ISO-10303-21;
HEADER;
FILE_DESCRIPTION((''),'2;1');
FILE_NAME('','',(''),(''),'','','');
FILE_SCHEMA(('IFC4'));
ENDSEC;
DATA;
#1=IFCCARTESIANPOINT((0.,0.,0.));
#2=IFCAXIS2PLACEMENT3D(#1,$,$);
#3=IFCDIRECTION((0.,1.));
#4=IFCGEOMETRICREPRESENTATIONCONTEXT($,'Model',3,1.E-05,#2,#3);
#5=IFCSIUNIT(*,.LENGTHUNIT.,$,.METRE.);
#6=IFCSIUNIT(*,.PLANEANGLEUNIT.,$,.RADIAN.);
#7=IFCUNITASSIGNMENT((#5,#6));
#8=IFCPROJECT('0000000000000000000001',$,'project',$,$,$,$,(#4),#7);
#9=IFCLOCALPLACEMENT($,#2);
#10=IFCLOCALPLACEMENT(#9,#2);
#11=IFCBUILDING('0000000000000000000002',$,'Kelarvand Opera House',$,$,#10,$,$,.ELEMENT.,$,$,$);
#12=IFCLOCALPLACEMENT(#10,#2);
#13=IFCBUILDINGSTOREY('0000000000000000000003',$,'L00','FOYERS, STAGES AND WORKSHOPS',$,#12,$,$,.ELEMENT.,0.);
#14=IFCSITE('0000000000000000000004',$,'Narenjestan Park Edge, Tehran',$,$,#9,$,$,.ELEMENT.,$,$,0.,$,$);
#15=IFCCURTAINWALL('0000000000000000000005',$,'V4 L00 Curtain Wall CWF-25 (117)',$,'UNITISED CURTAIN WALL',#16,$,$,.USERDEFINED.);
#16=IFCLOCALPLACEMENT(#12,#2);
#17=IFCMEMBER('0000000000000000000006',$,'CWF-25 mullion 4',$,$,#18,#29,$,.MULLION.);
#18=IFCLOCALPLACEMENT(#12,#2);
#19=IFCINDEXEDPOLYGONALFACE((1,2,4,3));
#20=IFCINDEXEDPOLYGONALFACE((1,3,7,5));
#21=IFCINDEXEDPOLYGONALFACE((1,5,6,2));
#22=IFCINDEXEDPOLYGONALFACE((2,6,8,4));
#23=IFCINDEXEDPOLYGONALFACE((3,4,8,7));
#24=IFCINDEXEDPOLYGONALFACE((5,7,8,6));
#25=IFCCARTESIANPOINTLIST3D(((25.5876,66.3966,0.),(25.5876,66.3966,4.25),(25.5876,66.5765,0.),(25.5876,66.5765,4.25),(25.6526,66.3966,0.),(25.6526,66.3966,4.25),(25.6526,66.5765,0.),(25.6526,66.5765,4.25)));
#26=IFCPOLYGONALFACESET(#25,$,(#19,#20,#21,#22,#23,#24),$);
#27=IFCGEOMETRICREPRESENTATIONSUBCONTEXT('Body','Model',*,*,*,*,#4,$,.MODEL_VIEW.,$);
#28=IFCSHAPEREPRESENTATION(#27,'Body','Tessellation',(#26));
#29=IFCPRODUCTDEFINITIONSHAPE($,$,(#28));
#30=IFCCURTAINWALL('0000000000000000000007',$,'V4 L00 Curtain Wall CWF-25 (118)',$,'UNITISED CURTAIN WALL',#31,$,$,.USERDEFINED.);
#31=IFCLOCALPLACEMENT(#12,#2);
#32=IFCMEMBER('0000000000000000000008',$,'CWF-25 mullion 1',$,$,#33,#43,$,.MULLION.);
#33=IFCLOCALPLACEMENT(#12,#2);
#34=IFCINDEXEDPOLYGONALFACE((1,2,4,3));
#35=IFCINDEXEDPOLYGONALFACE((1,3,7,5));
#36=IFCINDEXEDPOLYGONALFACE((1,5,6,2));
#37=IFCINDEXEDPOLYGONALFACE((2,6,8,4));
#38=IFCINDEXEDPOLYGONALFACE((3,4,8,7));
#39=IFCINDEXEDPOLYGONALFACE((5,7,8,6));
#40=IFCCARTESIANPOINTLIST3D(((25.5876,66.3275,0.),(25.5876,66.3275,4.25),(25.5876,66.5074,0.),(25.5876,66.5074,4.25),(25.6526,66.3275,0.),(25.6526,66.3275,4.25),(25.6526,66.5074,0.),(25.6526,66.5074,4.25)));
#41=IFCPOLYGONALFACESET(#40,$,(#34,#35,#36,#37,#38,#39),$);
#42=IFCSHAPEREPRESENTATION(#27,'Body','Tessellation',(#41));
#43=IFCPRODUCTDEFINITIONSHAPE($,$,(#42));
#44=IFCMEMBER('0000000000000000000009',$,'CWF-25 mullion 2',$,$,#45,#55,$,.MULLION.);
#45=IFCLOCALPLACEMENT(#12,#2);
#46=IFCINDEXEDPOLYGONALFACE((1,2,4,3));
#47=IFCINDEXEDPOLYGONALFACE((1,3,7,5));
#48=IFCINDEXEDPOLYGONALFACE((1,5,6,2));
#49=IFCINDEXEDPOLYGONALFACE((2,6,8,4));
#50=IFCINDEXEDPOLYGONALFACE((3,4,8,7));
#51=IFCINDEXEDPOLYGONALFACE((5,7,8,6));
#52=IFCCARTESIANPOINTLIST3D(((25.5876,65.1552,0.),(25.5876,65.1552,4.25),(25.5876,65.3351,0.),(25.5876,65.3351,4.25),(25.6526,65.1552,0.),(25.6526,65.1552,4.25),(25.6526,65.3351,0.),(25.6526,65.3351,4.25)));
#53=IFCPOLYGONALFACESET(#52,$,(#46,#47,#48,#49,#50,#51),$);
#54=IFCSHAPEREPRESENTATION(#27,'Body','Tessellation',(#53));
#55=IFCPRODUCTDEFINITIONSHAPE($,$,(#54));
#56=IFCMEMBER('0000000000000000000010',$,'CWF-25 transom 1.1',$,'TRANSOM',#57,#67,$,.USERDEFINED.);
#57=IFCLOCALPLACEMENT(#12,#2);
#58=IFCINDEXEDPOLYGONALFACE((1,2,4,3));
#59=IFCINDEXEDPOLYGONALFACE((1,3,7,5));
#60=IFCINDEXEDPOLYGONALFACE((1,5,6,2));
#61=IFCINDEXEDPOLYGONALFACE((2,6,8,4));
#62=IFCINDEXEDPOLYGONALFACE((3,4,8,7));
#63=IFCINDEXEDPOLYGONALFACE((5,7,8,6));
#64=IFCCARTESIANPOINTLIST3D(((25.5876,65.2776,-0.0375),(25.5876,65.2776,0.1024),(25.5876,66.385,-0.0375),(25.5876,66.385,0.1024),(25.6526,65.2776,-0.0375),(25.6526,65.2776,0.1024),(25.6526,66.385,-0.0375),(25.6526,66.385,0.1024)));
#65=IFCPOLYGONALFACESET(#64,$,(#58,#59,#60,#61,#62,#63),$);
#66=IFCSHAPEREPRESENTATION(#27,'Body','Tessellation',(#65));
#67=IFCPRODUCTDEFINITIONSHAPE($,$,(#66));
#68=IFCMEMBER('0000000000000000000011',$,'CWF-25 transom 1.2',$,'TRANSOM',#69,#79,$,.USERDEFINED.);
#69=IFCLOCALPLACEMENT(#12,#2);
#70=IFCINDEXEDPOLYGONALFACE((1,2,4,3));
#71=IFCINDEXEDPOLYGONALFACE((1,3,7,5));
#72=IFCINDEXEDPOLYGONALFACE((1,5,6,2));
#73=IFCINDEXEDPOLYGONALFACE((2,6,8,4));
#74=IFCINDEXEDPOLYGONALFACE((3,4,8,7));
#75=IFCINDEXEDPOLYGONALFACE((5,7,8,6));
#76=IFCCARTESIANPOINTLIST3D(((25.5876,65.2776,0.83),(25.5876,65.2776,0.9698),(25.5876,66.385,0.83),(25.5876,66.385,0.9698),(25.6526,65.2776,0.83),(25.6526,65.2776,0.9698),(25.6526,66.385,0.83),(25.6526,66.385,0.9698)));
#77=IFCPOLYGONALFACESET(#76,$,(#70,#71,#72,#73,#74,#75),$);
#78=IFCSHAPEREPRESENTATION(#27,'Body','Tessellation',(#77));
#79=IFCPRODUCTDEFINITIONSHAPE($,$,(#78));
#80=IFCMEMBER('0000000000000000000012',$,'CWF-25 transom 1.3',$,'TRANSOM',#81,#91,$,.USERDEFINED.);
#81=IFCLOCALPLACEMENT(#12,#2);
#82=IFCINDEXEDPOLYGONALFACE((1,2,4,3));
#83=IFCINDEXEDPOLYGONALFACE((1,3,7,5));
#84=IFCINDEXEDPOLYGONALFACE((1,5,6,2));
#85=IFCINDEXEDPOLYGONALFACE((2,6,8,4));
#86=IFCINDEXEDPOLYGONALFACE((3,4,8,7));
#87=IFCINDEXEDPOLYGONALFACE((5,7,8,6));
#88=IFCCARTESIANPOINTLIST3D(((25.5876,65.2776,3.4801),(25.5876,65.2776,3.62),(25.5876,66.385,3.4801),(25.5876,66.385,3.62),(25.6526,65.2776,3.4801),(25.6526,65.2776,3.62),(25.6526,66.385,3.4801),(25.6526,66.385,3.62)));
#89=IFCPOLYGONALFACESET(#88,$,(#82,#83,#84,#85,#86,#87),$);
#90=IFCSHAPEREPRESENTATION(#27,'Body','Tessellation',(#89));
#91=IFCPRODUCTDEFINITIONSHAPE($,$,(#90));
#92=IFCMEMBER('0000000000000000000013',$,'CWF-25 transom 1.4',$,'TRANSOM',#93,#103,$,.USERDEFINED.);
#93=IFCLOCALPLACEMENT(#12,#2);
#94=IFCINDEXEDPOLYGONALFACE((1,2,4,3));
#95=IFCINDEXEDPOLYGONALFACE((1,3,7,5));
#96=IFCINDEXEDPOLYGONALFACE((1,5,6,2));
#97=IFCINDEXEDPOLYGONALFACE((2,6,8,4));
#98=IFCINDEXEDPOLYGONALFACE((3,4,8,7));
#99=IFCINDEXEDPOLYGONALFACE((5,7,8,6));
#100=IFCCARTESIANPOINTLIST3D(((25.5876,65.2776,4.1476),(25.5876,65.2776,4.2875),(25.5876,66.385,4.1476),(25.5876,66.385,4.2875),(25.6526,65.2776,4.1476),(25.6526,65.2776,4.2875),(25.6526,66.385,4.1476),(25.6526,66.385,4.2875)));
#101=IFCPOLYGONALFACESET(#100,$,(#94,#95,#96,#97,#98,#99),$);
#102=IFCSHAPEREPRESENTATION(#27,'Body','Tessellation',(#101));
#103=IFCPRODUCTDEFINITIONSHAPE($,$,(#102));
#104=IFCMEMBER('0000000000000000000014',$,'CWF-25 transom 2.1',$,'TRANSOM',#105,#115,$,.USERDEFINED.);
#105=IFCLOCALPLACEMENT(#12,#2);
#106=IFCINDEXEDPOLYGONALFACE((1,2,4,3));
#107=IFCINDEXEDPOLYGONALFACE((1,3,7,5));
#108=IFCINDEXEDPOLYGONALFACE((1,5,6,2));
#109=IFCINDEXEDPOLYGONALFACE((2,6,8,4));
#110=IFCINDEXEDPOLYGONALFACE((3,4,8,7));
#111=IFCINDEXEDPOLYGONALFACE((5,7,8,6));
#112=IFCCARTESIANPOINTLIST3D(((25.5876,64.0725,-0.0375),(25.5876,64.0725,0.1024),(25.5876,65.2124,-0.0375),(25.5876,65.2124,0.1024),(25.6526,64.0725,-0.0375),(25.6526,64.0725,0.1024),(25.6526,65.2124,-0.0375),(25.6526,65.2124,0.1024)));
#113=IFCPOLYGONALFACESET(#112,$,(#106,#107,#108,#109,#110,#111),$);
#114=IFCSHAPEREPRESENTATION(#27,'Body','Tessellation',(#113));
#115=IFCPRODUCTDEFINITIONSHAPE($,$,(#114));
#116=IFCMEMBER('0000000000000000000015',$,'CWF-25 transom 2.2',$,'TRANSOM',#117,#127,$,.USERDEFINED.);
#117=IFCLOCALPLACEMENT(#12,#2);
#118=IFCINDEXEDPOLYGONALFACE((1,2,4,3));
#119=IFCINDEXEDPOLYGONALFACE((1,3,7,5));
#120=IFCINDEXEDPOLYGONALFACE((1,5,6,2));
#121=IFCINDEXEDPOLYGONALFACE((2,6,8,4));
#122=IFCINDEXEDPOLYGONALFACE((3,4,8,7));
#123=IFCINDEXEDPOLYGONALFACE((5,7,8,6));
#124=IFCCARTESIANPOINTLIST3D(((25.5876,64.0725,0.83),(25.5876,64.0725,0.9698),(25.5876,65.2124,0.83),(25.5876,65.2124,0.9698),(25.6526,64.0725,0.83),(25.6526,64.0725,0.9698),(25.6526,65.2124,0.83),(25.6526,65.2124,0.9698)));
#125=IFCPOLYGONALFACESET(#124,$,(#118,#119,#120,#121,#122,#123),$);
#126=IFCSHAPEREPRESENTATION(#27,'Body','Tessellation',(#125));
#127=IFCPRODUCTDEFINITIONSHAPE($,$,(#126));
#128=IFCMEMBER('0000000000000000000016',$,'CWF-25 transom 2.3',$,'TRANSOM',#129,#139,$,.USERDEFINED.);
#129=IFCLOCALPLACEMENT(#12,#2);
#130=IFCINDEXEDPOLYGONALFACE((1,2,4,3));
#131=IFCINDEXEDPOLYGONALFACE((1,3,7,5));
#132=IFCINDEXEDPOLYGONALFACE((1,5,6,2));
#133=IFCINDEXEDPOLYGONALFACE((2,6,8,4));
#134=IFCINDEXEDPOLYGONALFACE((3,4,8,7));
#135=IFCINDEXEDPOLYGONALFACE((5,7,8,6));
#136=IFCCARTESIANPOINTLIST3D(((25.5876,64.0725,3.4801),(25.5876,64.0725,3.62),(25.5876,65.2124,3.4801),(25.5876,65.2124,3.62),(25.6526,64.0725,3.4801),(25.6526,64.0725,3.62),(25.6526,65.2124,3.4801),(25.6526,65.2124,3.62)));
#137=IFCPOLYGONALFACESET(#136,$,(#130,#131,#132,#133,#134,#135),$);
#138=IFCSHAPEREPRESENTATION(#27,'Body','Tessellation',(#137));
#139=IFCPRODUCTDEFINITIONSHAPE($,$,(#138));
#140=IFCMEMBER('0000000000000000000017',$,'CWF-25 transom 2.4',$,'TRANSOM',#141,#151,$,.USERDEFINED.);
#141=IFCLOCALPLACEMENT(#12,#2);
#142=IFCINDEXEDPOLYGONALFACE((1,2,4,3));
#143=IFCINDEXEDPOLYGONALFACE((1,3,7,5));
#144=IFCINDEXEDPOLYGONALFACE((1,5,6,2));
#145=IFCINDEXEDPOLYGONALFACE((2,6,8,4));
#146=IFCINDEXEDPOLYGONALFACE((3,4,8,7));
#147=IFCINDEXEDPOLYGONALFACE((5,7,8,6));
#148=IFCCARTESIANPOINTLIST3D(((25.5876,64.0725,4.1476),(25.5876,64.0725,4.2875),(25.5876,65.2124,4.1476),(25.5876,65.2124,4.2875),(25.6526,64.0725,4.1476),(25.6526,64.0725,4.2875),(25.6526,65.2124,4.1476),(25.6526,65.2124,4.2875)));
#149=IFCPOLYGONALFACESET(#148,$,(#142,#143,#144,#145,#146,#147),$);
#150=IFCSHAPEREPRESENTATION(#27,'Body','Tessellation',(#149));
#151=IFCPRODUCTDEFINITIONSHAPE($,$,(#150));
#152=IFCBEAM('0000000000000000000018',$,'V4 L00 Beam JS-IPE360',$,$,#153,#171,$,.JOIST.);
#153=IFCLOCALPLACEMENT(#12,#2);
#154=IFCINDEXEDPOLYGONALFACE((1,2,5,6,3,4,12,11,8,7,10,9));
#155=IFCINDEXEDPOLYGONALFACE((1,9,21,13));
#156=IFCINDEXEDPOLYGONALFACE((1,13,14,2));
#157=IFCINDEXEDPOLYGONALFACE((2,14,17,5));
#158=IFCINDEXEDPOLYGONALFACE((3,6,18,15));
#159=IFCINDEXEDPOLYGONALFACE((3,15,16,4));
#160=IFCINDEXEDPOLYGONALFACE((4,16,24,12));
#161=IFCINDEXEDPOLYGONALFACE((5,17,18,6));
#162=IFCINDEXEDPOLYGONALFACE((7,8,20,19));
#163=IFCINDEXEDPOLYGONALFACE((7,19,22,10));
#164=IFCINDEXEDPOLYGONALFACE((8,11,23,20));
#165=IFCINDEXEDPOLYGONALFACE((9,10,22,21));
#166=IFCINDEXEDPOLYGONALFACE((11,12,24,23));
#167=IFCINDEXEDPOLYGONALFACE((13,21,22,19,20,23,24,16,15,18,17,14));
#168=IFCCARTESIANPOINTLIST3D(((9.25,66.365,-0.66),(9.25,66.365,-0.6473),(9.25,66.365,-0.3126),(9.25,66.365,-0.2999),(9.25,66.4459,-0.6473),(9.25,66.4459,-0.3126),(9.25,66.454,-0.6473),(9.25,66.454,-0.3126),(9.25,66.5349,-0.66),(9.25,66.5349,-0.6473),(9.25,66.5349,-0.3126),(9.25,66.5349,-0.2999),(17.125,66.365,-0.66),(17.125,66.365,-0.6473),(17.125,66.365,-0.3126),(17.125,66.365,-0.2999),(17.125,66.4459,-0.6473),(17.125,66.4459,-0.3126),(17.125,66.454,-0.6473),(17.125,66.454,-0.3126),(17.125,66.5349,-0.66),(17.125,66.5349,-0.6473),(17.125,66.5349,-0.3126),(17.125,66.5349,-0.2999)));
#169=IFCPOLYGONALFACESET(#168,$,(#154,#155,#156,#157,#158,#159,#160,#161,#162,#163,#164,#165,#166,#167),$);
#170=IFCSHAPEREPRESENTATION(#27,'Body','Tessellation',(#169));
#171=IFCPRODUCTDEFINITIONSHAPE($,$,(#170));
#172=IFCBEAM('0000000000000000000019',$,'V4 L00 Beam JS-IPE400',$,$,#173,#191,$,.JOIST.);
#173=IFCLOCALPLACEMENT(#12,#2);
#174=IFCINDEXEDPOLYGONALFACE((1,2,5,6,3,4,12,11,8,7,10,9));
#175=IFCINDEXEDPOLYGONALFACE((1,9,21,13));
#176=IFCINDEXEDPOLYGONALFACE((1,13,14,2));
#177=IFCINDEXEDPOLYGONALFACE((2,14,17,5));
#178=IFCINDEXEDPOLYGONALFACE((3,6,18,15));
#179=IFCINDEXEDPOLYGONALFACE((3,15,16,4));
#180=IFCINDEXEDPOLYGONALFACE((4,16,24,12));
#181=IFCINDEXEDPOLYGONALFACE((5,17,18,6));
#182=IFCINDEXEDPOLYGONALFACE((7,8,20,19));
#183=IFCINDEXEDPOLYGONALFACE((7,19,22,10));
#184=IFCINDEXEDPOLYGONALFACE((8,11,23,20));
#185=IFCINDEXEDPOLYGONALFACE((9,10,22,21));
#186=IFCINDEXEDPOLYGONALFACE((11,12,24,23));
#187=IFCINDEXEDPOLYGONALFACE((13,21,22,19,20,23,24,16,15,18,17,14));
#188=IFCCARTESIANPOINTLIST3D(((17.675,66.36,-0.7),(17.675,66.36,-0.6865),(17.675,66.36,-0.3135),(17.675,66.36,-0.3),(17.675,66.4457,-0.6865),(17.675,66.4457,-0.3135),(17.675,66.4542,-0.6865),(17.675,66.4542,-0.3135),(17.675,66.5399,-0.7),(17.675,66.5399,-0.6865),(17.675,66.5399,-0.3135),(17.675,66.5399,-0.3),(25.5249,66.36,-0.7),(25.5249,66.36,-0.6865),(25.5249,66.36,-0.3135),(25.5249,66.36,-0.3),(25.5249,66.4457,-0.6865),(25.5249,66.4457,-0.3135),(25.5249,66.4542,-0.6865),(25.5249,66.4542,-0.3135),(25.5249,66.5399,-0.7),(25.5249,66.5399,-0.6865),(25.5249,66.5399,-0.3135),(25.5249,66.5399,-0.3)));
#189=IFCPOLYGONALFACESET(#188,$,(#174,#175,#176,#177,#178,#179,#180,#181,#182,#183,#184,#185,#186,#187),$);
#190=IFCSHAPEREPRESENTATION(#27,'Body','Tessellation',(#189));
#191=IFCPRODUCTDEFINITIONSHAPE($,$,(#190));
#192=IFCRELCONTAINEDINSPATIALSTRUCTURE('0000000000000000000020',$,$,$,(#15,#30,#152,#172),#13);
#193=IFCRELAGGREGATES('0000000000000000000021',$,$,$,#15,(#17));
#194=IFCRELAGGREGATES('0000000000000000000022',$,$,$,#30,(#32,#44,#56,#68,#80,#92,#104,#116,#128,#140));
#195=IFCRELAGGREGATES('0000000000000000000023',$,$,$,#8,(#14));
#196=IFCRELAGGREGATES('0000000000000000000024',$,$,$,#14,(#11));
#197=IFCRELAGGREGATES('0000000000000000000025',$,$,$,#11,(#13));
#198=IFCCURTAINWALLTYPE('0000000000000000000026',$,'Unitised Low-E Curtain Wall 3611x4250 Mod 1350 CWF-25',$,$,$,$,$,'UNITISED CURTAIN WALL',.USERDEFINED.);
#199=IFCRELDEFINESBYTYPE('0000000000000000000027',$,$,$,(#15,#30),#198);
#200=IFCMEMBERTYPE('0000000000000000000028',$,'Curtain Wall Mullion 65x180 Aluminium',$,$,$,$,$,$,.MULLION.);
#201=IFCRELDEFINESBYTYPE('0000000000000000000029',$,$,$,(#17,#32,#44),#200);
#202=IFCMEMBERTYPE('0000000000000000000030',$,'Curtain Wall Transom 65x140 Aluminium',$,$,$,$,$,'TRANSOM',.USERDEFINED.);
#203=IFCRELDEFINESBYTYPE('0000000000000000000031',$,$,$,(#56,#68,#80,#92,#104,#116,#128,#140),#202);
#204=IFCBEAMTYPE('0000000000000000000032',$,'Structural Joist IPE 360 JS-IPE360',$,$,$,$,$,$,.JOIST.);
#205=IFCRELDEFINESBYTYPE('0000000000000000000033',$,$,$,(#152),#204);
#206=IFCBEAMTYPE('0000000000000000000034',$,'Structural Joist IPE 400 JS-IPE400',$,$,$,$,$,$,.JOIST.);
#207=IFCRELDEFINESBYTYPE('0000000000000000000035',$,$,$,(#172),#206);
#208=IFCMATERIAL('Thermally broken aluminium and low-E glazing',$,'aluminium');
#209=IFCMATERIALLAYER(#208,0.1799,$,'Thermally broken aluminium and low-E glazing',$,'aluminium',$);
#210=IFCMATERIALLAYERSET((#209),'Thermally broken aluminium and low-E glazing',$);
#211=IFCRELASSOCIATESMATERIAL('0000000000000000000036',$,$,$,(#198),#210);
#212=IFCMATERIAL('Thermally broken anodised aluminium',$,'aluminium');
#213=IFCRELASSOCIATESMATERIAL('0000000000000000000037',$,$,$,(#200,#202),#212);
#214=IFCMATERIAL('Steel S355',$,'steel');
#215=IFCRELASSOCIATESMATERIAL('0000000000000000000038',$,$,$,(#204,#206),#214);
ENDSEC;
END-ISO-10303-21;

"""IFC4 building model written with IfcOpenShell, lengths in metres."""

from ifc_helpers import new_model, si_unit, direction, frame, origin, origin_2d, place, context, subcontext, project, spatial, rectangle, i_section, extrude, material, layer, layer_set, material_profile, profile_set, type_object, element, aggregate, save


model = new_model("IFC4")

# Units and contexts
model_context = context("Model", 3, precision=1e-05, world=origin(), true_north=direction((0.0, 1.0)))
body_context = subcontext(model_context, "Body", "Model", "MODEL_VIEW")
ifc_project = project(units=[si_unit("LENGTHUNIT", "METRE"), si_unit("PLANEANGLEUNIT", "RADIAN")], contexts=[model_context])

# Site, building, storey
site_placement = place(None, origin())
site = spatial("IfcSite", under=ifc_project, at=site_placement, Name="Narenjestan Park Edge, Tehran", CompositionType="ELEMENT", RefElevation=0.0)
building_placement = place(site_placement, origin())
building = spatial("IfcBuilding", under=site, at=building_placement, Name="Kelarvand Opera House", CompositionType="ELEMENT")
storey_placement = place(building_placement, origin())
storey = spatial("IfcBuildingStorey", under=building, at=storey_placement, Name="L00", Description="FOYERS, STAGES AND WORKSHOPS", CompositionType="ELEMENT", Elevation=0.0)

# Curtain wall, member
ifc_material_1 = material(Name="Thermally broken aluminium and low-E glazing", Category="aluminium")
ifc_layer_1 = layer(ifc_material_1, 0.1799, Name="Thermally broken aluminium and low-E glazing", Category="aluminium")
ifc_layer_set_1 = layer_set([ifc_layer_1], Name="Thermally broken aluminium and low-E glazing")
curtain_wall_type = type_object("IfcCurtainWallType", Name="Unitised Low-E Curtain Wall 3611x4250 Mod 1350 CWF-25", ElementType="UNITISED CURTAIN WALL", PredefinedType="USERDEFINED", material=ifc_layer_set_1)
curtain_wall_1_placement = place(storey_placement, origin())
curtain_wall_1 = element("IfcCurtainWall", 1, at=curtain_wall_1_placement, inside=storey, type_object=curtain_wall_type, Name="V4 L00 Curtain Wall CWF-25 (117)", ObjectType="UNITISED CURTAIN WALL", PredefinedType="USERDEFINED")
ifc_material_2 = material(Name="Thermally broken anodised aluminium", Category="aluminium")
ifc_material_profile_1 = material_profile(ifc_material_2, rectangle(XDim=0.0649, YDim=0.1799, at=origin_2d()), Name="ALU MULLION 65x180", Category="aluminium")
ifc_profile_set_1 = profile_set([ifc_material_profile_1], Name="Thermally broken anodised aluminium")
member_type_1 = type_object("IfcMemberType", Name="Curtain Wall Mullion 65x180 Aluminium", PredefinedType="MULLION", material=ifc_profile_set_1)
member_1_placement = place(storey_placement, frame((25.6201, 66.4866, 0.0), z_axis=(0.0, 0.0, 1.0), x_axis=(1.0, 0.0, 0.0)))
member_1 = element("IfcMember", 2, at=member_1_placement, type_object=member_type_1, Name="CWF-25 mullion 4", PredefinedType="MULLION", context=body_context, shape_type="SweptSolid", body=[
    extrude(rectangle(XDim=0.0649, YDim=0.1799, at=origin_2d()), origin(), (0.0, 0.0, 1.0), 4.25),
])

# Curtain wall, members
curtain_wall_2_placement = place(storey_placement, origin())
curtain_wall_2 = element("IfcCurtainWall", 3, at=curtain_wall_2_placement, inside=storey, type_object=curtain_wall_type, Name="V4 L00 Curtain Wall CWF-25 (118)", ObjectType="UNITISED CURTAIN WALL", PredefinedType="USERDEFINED")
member_2_placement = place(storey_placement, frame((25.6201, 66.4175, 0.0), z_axis=(0.0, 0.0, 1.0), x_axis=(1.0, 0.0, 0.0)))
member_2 = element("IfcMember", 4, at=member_2_placement, type_object=member_type_1, Name="CWF-25 mullion 1", PredefinedType="MULLION", context=body_context, shape_type="SweptSolid", body=[
    extrude(rectangle(XDim=0.0649, YDim=0.1799, at=origin_2d()), origin(), (0.0, 0.0, 1.0), 4.25),
])
member_3_placement = place(storey_placement, frame((25.6201, 65.2451, 0.0), z_axis=(0.0, 0.0, 1.0), x_axis=(1.0, 0.0, 0.0)))
member_3 = element("IfcMember", 5, at=member_3_placement, type_object=member_type_1, Name="CWF-25 mullion 2", PredefinedType="MULLION", context=body_context, shape_type="SweptSolid", body=[
    extrude(rectangle(XDim=0.0649, YDim=0.1799, at=origin_2d()), origin(), (0.0, 0.0, 1.0), 4.25),
])
ifc_material_profile_2 = material_profile(ifc_material_2, rectangle(XDim=0.0649, YDim=0.1399, at=origin_2d()), Name="ALU TRANSOM 65x140", Category="aluminium")
ifc_profile_set_2 = profile_set([ifc_material_profile_2], Name="Thermally broken anodised aluminium")
member_type_2 = type_object("IfcMemberType", Name="Curtain Wall Transom 65x140 Aluminium", ElementType="TRANSOM", PredefinedType="USERDEFINED", material=ifc_profile_set_2)
member_4_placement = place(storey_placement, frame((25.6201, 66.385, 0.0325), z_axis=(0.0, -1.0, 0.0), x_axis=(1.0, 0.0, 0.0)))
member_4 = element("IfcMember", 6, at=member_4_placement, type_object=member_type_2, Name="CWF-25 transom 1.1", ObjectType="TRANSOM", PredefinedType="USERDEFINED", context=body_context, shape_type="SweptSolid", body=[
    extrude(rectangle(XDim=0.0649, YDim=0.1399, at=origin_2d()), origin(), (0.0, 0.0, 1.0), 1.1074),
])
member_5_placement = place(storey_placement, frame((25.6201, 66.385, 0.8999), z_axis=(0.0, -1.0, 0.0), x_axis=(1.0, 0.0, 0.0)))
member_5 = element("IfcMember", 7, at=member_5_placement, type_object=member_type_2, Name="CWF-25 transom 1.2", ObjectType="TRANSOM", PredefinedType="USERDEFINED", context=body_context, shape_type="SweptSolid", body=[
    extrude(rectangle(XDim=0.0649, YDim=0.1399, at=origin_2d()), origin(), (0.0, 0.0, 1.0), 1.1074),
])
member_6_placement = place(storey_placement, frame((25.6201, 66.385, 3.55), z_axis=(0.0, -1.0, 0.0), x_axis=(1.0, 0.0, 0.0)))
member_6 = element("IfcMember", 8, at=member_6_placement, type_object=member_type_2, Name="CWF-25 transom 1.3", ObjectType="TRANSOM", PredefinedType="USERDEFINED", context=body_context, shape_type="SweptSolid", body=[
    extrude(rectangle(XDim=0.0649, YDim=0.1399, at=origin_2d()), origin(), (0.0, 0.0, 1.0), 1.1074),
])
member_7_placement = place(storey_placement, frame((25.6201, 66.385, 4.2175), z_axis=(0.0, -1.0, 0.0), x_axis=(1.0, 0.0, 0.0)))
member_7 = element("IfcMember", 9, at=member_7_placement, type_object=member_type_2, Name="CWF-25 transom 1.4", ObjectType="TRANSOM", PredefinedType="USERDEFINED", context=body_context, shape_type="SweptSolid", body=[
    extrude(rectangle(XDim=0.0649, YDim=0.1399, at=origin_2d()), origin(), (0.0, 0.0, 1.0), 1.1074),
])
member_8_placement = place(storey_placement, frame((25.6201, 65.2124, 0.0325), z_axis=(0.0, -1.0, 0.0), x_axis=(1.0, 0.0, 0.0)))
member_8 = element("IfcMember", 10, at=member_8_placement, type_object=member_type_2, Name="CWF-25 transom 2.1", ObjectType="TRANSOM", PredefinedType="USERDEFINED", context=body_context, shape_type="SweptSolid", body=[
    extrude(rectangle(XDim=0.0649, YDim=0.1399, at=origin_2d()), origin(), (0.0, 0.0, 1.0), 1.1399),
])
member_9_placement = place(storey_placement, frame((25.6201, 65.2124, 0.8999), z_axis=(0.0, -1.0, 0.0), x_axis=(1.0, 0.0, 0.0)))
member_9 = element("IfcMember", 11, at=member_9_placement, type_object=member_type_2, Name="CWF-25 transom 2.2", ObjectType="TRANSOM", PredefinedType="USERDEFINED", context=body_context, shape_type="SweptSolid", body=[
    extrude(rectangle(XDim=0.0649, YDim=0.1399, at=origin_2d()), origin(), (0.0, 0.0, 1.0), 1.1399),
])
member_10_placement = place(storey_placement, frame((25.6201, 65.2124, 3.55), z_axis=(0.0, -1.0, 0.0), x_axis=(1.0, 0.0, 0.0)))
member_10 = element("IfcMember", 12, at=member_10_placement, type_object=member_type_2, Name="CWF-25 transom 2.3", ObjectType="TRANSOM", PredefinedType="USERDEFINED", context=body_context, shape_type="SweptSolid", body=[
    extrude(rectangle(XDim=0.0649, YDim=0.1399, at=origin_2d()), origin(), (0.0, 0.0, 1.0), 1.1399),
])
member_11_placement = place(storey_placement, frame((25.6201, 65.2124, 4.2175), z_axis=(0.0, -1.0, 0.0), x_axis=(1.0, 0.0, 0.0)))
member_11 = element("IfcMember", 13, at=member_11_placement, type_object=member_type_2, Name="CWF-25 transom 2.4", ObjectType="TRANSOM", PredefinedType="USERDEFINED", context=body_context, shape_type="SweptSolid", body=[
    extrude(rectangle(XDim=0.0649, YDim=0.1399, at=origin_2d()), origin(), (0.0, 0.0, 1.0), 1.1399),
])

# Beams
ifc_material_3 = material(Name="Steel S355", Category="steel")
ifc_material_profile_3 = material_profile(ifc_material_3, i_section(OverallWidth=0.1699, OverallDepth=0.3601, WebThickness=0.0081, FlangeThickness=0.0127, at=origin_2d()), Name="IPE 360", Category="steel")
ifc_profile_set_3 = profile_set([ifc_material_profile_3], Name="Steel S355")
beam_type_1 = type_object("IfcBeamType", Name="Structural Joist IPE 360 JS-IPE360", PredefinedType="JOIST", material=ifc_profile_set_3)
beam_1_placement = place(storey_placement, frame((9.25, 66.45, -0.48), z_axis=(1.0, 0.0, 0.0), x_axis=(0.0, 1.0, 0.0)))
element("IfcBeam", 14, at=beam_1_placement, inside=storey, type_object=beam_type_1, Name="V4 L00 Beam JS-IPE360", PredefinedType="JOIST", context=body_context, shape_type="SweptSolid", body=[
    extrude(i_section(OverallWidth=0.1699, OverallDepth=0.3601, WebThickness=0.0081, FlangeThickness=0.0127, at=origin_2d()), origin(), (0.0, 0.0, 1.0), 7.875),
])
ifc_material_profile_4 = material_profile(ifc_material_3, i_section(OverallWidth=0.1799, OverallDepth=0.3999, WebThickness=0.0085, FlangeThickness=0.0134, at=origin_2d()), Name="IPE 400", Category="steel")
ifc_profile_set_4 = profile_set([ifc_material_profile_4], Name="Steel S355")
beam_type_2 = type_object("IfcBeamType", Name="Structural Joist IPE 400 JS-IPE400", PredefinedType="JOIST", material=ifc_profile_set_4)
beam_2_placement = place(storey_placement, frame((17.675, 66.45, -0.5), z_axis=(1.0, 0.0, 0.0), x_axis=(0.0, 1.0, 0.0)))
element("IfcBeam", 15, at=beam_2_placement, inside=storey, type_object=beam_type_2, Name="V4 L00 Beam JS-IPE400", PredefinedType="JOIST", context=body_context, shape_type="SweptSolid", body=[
    extrude(i_section(OverallWidth=0.1799, OverallDepth=0.3999, WebThickness=0.0085, FlangeThickness=0.0134, at=origin_2d()), origin(), (0.0, 0.0, 1.0), 7.8499),
])

aggregate(curtain_wall_1, [member_1])
aggregate(curtain_wall_2, [member_2, member_3, member_4, member_5, member_6, member_7, member_8, member_9, member_10, member_11])

save(model, "model.ifc")
